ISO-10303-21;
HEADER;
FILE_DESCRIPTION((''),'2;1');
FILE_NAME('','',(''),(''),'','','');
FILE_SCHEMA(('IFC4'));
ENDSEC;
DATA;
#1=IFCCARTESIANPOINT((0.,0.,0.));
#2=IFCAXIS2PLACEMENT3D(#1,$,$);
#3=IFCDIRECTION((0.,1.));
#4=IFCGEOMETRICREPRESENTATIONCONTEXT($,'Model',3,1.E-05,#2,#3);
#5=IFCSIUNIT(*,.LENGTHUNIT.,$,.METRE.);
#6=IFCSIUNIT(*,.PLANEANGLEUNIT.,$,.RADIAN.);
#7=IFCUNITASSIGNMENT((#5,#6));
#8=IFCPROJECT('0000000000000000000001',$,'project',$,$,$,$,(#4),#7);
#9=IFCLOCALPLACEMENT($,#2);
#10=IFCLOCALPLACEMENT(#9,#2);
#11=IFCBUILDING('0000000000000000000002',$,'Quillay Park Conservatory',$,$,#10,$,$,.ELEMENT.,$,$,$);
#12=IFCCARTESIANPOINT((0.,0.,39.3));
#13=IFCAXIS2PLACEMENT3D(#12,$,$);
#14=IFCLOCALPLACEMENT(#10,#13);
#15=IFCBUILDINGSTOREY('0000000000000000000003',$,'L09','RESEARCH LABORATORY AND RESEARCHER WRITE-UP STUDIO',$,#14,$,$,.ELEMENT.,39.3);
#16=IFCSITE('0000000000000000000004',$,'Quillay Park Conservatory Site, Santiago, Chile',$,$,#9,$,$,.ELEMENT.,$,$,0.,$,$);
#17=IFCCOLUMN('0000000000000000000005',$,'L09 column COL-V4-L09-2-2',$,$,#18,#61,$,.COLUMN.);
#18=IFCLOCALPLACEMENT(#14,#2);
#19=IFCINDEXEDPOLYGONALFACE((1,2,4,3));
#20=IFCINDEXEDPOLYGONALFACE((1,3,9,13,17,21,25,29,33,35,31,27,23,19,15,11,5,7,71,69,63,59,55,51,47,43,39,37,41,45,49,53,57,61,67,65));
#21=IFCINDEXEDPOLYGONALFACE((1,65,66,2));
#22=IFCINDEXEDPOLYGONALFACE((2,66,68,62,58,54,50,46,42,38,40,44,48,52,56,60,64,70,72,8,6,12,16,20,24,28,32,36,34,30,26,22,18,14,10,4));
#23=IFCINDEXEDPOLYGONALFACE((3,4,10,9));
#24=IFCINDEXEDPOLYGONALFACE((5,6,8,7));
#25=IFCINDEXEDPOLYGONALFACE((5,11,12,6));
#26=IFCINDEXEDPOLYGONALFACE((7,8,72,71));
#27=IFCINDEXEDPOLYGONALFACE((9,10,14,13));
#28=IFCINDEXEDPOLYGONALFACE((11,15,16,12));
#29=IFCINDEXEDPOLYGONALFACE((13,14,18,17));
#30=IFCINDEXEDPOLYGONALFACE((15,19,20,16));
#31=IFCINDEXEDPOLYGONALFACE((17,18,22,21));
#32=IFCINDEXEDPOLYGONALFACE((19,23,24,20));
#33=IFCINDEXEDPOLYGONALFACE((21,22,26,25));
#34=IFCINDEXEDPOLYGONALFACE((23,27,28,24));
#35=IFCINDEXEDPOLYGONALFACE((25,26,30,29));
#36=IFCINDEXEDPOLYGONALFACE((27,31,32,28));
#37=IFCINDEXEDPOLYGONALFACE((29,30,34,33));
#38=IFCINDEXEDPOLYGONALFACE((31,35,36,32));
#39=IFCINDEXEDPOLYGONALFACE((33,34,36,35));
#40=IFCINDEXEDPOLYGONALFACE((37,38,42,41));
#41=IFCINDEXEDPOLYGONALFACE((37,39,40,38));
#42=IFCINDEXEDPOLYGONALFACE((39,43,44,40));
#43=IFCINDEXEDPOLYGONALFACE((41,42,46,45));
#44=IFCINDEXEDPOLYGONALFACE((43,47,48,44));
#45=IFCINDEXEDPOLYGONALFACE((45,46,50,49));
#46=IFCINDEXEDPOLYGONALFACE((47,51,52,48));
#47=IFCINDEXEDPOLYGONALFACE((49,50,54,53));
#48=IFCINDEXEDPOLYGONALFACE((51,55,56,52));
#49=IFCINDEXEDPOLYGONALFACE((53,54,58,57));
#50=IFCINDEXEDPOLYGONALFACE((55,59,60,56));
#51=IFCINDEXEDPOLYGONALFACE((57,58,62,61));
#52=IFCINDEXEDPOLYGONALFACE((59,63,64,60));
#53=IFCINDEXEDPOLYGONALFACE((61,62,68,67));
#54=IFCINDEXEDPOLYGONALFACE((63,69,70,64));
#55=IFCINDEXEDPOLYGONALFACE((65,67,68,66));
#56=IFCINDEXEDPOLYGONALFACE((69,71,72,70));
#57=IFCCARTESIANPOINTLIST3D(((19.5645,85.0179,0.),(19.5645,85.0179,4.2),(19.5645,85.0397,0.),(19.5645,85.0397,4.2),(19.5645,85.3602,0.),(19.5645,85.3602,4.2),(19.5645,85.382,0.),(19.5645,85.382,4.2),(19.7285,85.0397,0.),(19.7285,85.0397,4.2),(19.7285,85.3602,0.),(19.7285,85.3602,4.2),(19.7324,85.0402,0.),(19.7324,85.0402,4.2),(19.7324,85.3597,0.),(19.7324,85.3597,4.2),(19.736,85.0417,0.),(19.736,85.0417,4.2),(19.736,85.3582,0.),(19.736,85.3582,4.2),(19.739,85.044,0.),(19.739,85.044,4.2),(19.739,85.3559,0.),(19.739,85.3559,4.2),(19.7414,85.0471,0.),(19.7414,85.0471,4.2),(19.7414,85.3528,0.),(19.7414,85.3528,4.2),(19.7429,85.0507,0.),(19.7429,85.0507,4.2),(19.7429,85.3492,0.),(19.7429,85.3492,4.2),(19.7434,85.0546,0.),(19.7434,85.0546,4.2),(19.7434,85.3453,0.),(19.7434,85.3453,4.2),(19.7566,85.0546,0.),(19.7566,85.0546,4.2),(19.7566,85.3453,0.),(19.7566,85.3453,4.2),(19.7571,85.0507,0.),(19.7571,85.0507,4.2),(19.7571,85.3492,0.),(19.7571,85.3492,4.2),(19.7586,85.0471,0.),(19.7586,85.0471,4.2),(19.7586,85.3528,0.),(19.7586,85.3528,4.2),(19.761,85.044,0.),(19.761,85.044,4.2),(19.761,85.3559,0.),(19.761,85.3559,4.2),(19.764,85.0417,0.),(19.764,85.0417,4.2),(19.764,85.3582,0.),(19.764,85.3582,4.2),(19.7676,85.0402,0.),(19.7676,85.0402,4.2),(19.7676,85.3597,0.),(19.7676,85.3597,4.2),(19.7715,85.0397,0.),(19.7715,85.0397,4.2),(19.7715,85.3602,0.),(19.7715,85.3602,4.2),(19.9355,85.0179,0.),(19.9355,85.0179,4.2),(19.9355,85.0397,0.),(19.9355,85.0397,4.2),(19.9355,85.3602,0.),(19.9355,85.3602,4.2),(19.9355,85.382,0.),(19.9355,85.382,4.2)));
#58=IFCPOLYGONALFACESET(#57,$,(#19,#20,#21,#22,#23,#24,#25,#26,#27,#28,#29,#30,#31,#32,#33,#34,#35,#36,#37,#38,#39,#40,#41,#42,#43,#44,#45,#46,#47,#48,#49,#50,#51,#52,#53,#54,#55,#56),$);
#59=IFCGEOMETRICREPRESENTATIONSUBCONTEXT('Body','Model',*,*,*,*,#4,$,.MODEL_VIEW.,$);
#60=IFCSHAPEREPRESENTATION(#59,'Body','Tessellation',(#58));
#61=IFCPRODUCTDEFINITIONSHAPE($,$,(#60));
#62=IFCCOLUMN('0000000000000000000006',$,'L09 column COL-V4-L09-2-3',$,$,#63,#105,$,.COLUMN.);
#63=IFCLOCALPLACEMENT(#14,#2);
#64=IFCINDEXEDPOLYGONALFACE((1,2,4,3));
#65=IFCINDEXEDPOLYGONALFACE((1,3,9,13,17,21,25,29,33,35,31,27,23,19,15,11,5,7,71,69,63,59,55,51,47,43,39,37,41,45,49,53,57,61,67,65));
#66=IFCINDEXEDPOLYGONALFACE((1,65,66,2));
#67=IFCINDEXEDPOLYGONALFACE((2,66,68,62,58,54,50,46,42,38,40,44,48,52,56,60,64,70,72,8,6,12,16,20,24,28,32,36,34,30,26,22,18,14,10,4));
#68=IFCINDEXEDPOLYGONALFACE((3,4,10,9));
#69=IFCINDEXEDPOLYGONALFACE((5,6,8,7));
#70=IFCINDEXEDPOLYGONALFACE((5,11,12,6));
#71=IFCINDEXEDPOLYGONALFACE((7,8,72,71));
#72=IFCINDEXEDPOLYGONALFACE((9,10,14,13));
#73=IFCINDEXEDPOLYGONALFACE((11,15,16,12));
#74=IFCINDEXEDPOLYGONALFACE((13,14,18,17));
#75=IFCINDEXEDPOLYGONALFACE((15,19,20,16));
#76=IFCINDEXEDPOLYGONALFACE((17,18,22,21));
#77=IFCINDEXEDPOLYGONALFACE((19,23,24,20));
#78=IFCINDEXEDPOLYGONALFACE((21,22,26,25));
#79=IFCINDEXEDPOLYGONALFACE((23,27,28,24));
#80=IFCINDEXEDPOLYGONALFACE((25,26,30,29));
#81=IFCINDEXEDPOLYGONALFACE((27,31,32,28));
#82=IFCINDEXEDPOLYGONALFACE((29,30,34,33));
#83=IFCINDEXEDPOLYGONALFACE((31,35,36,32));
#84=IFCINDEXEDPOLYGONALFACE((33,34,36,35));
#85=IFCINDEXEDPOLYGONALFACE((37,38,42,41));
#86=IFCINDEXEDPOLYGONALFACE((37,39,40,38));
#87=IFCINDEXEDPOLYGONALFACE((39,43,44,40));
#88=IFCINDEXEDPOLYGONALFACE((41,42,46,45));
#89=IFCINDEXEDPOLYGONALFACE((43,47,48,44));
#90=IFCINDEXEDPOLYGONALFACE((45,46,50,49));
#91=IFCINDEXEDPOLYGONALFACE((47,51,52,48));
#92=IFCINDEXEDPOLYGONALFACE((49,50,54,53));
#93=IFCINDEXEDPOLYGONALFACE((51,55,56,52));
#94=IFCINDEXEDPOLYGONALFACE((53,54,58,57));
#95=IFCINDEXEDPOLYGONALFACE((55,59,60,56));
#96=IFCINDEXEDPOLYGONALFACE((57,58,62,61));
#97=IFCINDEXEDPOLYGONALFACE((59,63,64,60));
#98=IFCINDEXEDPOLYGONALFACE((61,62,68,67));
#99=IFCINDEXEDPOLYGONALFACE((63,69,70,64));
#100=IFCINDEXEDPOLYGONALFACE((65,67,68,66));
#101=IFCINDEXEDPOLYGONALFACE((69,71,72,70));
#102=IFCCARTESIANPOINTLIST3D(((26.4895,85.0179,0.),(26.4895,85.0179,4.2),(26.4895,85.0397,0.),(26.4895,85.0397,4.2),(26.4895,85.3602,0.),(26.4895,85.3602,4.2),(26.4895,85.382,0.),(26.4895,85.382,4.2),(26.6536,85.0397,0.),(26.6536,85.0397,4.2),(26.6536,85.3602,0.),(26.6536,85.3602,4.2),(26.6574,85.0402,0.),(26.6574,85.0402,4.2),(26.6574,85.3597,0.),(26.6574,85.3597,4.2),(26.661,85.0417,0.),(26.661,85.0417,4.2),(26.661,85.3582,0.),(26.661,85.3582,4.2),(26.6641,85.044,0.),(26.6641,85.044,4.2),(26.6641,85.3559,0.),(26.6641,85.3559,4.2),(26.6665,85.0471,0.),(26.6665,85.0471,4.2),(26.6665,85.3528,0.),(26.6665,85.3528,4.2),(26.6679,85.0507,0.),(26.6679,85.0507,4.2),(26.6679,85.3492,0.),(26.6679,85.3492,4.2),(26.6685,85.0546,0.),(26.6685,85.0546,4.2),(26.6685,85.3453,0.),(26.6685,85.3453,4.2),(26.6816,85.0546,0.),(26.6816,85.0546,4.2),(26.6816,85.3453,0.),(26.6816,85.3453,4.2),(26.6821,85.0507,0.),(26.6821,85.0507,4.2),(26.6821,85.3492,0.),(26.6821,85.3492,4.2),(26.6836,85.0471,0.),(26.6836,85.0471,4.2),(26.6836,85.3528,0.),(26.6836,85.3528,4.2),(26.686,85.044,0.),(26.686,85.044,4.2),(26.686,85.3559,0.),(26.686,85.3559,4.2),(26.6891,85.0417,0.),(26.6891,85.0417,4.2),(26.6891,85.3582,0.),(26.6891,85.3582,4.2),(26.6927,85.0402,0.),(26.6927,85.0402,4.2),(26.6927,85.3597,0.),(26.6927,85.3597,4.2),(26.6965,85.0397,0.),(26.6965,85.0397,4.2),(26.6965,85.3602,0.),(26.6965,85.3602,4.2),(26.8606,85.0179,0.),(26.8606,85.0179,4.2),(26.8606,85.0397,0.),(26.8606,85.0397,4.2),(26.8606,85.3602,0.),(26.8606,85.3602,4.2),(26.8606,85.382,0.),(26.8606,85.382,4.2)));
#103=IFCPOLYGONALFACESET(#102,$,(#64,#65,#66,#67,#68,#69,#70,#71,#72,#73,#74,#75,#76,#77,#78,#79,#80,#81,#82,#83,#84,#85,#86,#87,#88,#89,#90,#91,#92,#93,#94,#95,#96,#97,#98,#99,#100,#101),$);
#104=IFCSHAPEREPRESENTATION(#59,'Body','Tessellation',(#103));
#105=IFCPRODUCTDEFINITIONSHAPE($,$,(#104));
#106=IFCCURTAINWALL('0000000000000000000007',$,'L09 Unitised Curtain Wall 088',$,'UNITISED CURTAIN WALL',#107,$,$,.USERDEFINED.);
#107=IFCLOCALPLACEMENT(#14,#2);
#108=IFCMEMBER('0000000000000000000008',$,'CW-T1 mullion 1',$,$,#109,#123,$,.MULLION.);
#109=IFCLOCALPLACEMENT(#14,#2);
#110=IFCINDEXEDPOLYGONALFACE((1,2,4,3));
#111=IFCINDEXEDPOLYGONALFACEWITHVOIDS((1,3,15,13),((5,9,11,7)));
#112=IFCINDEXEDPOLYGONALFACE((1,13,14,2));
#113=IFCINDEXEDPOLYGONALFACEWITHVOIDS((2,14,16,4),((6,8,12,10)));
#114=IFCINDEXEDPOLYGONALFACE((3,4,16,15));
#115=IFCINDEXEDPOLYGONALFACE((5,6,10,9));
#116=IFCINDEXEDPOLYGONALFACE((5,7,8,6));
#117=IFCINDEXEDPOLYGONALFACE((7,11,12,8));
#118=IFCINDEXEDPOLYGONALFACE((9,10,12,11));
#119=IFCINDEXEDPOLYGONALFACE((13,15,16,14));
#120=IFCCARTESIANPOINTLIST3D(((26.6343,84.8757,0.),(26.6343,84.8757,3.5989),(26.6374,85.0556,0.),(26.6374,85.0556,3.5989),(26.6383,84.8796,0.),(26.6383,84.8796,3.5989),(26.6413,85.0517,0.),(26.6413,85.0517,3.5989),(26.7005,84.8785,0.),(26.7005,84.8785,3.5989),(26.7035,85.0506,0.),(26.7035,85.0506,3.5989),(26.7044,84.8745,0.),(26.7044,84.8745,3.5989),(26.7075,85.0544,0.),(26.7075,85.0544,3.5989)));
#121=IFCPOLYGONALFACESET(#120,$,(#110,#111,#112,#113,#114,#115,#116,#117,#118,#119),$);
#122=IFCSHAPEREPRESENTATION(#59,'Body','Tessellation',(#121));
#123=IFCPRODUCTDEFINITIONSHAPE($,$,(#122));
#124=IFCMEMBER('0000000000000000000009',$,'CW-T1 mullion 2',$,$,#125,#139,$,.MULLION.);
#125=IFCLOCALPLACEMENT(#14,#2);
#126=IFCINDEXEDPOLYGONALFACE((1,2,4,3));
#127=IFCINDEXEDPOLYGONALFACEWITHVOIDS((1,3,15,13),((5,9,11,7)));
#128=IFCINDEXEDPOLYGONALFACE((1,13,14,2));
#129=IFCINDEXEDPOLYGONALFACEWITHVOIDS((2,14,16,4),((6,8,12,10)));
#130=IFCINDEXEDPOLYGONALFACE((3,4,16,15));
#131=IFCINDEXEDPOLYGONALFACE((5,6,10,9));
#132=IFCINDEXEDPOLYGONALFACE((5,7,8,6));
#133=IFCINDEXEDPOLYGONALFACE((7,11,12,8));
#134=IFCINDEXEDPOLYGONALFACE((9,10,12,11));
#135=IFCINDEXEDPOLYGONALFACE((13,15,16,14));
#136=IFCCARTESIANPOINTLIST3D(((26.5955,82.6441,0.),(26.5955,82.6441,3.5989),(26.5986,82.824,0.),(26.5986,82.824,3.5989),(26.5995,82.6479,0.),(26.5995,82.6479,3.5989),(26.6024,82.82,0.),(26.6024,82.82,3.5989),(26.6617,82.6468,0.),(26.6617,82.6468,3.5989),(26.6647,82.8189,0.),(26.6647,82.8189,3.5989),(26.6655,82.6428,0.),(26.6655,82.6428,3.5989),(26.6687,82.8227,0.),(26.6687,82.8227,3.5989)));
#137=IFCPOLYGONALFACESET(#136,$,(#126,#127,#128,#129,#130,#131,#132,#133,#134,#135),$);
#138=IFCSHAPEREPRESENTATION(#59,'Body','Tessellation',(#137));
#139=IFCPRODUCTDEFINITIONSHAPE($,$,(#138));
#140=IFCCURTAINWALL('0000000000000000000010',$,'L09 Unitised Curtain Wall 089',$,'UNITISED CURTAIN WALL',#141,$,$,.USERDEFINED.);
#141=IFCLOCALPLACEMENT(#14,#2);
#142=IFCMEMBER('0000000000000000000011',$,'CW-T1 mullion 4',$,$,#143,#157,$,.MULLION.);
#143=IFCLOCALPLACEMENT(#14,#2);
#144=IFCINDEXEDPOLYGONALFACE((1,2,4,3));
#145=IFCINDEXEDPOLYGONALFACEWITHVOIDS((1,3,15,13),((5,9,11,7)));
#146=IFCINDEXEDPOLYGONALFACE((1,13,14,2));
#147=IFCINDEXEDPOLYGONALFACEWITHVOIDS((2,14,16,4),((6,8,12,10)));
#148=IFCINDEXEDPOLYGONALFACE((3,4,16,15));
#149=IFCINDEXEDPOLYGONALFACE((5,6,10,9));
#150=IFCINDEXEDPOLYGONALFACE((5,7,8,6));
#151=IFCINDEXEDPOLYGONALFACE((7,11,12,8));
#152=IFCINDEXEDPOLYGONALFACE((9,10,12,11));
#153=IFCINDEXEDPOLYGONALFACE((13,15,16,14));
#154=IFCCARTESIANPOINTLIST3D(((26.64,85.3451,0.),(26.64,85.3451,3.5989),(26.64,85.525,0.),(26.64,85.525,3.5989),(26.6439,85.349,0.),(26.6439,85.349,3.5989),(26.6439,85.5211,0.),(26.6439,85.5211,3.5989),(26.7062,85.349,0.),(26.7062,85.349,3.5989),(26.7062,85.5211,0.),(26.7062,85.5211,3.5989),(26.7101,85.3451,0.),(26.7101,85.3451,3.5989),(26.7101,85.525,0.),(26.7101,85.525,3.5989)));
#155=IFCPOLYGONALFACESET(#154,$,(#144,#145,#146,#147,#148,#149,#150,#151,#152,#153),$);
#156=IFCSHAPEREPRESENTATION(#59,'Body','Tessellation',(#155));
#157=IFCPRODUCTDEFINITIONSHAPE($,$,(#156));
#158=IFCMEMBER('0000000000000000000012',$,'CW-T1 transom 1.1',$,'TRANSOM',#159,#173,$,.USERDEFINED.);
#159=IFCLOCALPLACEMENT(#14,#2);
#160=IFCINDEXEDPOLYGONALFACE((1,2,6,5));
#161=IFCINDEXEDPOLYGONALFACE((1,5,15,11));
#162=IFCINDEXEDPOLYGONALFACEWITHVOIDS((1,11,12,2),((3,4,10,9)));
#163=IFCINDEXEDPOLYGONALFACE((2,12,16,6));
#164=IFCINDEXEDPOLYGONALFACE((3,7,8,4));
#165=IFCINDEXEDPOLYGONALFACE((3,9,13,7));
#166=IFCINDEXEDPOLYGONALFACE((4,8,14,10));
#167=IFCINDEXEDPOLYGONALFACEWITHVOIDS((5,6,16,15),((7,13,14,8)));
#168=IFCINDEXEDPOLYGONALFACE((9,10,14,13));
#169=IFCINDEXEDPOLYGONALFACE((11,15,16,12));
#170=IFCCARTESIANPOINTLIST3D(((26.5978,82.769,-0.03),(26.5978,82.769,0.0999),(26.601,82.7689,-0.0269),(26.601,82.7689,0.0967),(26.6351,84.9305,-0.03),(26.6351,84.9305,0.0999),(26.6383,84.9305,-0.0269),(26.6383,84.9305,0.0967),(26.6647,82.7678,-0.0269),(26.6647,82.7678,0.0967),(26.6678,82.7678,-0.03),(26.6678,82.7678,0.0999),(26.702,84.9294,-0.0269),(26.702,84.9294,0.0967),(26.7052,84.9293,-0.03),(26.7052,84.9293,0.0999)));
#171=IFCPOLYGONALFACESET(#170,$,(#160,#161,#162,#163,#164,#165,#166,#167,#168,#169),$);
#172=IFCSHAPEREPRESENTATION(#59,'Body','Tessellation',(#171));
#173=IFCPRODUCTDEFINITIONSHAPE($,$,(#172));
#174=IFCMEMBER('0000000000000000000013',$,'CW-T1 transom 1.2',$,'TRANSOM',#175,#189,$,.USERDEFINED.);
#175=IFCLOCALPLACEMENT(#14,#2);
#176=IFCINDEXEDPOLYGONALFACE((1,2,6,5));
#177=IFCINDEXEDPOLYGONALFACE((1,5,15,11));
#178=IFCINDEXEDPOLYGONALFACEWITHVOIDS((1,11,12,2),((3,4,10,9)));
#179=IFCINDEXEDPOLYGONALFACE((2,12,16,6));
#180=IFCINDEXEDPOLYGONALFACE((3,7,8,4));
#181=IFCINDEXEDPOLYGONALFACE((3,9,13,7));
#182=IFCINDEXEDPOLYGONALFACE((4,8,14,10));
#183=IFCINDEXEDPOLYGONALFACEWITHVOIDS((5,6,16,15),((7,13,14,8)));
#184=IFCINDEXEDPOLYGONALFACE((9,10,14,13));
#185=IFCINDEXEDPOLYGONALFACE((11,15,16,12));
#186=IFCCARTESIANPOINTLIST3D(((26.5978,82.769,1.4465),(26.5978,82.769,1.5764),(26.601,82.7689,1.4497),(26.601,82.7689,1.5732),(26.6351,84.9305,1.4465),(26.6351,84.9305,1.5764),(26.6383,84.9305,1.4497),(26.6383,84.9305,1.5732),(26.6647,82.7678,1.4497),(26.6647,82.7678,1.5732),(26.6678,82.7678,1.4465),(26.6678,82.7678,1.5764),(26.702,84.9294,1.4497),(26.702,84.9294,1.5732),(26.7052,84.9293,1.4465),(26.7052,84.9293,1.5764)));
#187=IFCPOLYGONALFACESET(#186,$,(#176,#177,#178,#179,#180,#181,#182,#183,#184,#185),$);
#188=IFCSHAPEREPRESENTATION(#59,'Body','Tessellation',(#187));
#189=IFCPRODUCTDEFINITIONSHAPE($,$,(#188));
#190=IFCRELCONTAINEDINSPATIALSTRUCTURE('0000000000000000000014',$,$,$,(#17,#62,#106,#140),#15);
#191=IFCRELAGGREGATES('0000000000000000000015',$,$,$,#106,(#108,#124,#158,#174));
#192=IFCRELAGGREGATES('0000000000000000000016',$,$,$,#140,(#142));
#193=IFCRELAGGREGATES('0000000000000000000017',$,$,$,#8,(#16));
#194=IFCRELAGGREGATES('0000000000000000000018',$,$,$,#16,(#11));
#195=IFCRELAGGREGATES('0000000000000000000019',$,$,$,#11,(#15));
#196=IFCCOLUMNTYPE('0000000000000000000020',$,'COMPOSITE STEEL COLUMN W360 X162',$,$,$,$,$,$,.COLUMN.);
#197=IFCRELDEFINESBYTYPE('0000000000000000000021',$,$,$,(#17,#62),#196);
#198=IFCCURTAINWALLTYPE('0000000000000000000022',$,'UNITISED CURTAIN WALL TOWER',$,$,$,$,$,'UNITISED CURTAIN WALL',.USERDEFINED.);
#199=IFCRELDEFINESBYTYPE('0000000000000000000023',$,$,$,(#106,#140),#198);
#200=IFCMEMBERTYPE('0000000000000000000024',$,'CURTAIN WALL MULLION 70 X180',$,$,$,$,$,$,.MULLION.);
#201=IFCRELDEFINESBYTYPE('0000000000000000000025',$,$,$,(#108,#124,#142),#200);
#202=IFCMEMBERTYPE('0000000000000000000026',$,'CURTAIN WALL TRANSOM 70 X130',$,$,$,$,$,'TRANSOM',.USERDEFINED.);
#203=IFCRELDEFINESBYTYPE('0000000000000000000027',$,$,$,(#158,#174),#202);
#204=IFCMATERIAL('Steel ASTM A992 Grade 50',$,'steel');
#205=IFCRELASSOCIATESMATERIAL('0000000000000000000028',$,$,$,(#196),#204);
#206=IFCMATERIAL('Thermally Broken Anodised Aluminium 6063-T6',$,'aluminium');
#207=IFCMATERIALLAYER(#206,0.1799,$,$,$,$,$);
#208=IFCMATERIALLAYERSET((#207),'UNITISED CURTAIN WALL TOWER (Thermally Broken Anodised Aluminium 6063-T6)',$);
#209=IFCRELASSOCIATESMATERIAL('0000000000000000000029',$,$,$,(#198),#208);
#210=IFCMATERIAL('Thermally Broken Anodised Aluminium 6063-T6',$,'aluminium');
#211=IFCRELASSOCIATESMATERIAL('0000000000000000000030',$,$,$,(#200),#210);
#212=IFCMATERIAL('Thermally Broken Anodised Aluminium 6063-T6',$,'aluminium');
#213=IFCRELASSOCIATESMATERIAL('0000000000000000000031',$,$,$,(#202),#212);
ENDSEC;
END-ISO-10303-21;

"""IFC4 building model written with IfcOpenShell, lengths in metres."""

from ifc_helpers import new_model, si_unit, direction, frame, origin, origin_2d, place, context, subcontext, project, spatial, hollow_rectangle, i_section, extrude, material, layer, layer_set, material_profile, profile_set, type_object, element, aggregate, save


model = new_model("IFC4")

# Units and contexts
model_context = context("Model", 3, precision=1e-05, world=origin(), true_north=direction((0.0, 1.0)))
body_context = subcontext(model_context, "Body", "Model", "MODEL_VIEW")
ifc_project = project(units=[si_unit("LENGTHUNIT", "METRE"), si_unit("PLANEANGLEUNIT", "RADIAN")], contexts=[model_context])

# Site, building, storey
site_placement = place(None, origin())
site = spatial("IfcSite", under=ifc_project, at=site_placement, Name="Quillay Park Conservatory Site, Santiago, Chile", CompositionType="ELEMENT", RefElevation=0.0)
building_placement = place(site_placement, origin())
building = spatial("IfcBuilding", under=site, at=building_placement, Name="Quillay Park Conservatory", CompositionType="ELEMENT")
storey_placement = place(building_placement, frame((0.0, 0.0, 39.3)))
storey = spatial("IfcBuildingStorey", under=building, at=storey_placement, Name="L09", Description="RESEARCH LABORATORY AND RESEARCHER WRITE-UP STUDIO", CompositionType="ELEMENT", Elevation=39.3)

# Columns
ifc_material_1 = material(Name="Steel ASTM A992 Grade 50", Category="steel")
ifc_material_profile_1 = material_profile(ifc_material_1, i_section(OverallWidth=0.3711, OverallDepth=0.364, WebThickness=0.0132, FlangeThickness=0.0217, FilletRadius=0.0149, at=origin_2d()), Name="W360x162")
ifc_profile_set_1 = profile_set([ifc_material_profile_1], Name="Steel ASTM A992 Grade 50")
column_type = type_object("IfcColumnType", Name="COMPOSITE STEEL COLUMN W360 X162", PredefinedType="COLUMN", material=ifc_profile_set_1)
for number, where, z_axis, x_axis, name in (
    (1, (19.75, 85.2, 0.0), (0.0, 0.0, 1.0), (1.0, 0.0, 0.0), "L09 column COL-V4-L09-2-2"),
    (2, (26.675, 85.2, 0.0), (0.0, 0.0, 1.0), (1.0, 0.0, 0.0), "L09 column COL-V4-L09-2-3"),
):
    element("IfcColumn", number, at=place(storey_placement, frame(where, z_axis=z_axis, x_axis=x_axis)), inside=storey, type_object=column_type, Name=name, PredefinedType="COLUMN", context=body_context, shape_type="SweptSolid", body=[
        extrude(i_section(OverallWidth=0.3711, OverallDepth=0.364, WebThickness=0.0132, FlangeThickness=0.0217, FilletRadius=0.0149, at=origin_2d()), origin(), (0.0, 0.0, 1.0), 4.2),
    ])

# Curtain wall, members
ifc_material_2 = material(Name="Thermally Broken Anodised Aluminium 6063-T6", Category="aluminium")
ifc_layer_1 = layer(ifc_material_2, 0.1799)
ifc_layer_set_1 = layer_set([ifc_layer_1], Name="UNITISED CURTAIN WALL TOWER (Thermally Broken Anodised Aluminium 6063-T6)")
curtain_wall_type = type_object("IfcCurtainWallType", Name="UNITISED CURTAIN WALL TOWER", ElementType="UNITISED CURTAIN WALL", PredefinedType="USERDEFINED", material=ifc_layer_set_1)
curtain_wall_1_placement = place(storey_placement, origin())
curtain_wall_1 = element("IfcCurtainWall", 3, at=curtain_wall_1_placement, inside=storey, type_object=curtain_wall_type, Name="L09 Unitised Curtain Wall 088", ObjectType="UNITISED CURTAIN WALL", PredefinedType="USERDEFINED")
ifc_material_3 = material(Name="Thermally Broken Anodised Aluminium 6063-T6", Category="aluminium")
ifc_material_profile_2 = material_profile(ifc_material_3, hollow_rectangle(XDim=0.0701, YDim=0.1799, WallThickness=0.0039, at=origin_2d()), Name="AL70x180x4")
ifc_profile_set_2 = profile_set([ifc_material_profile_2], Name="Thermally Broken Anodised Aluminium 6063-T6")
member_type_1 = type_object("IfcMemberType", Name="CURTAIN WALL MULLION 70 X180", PredefinedType="MULLION", material=ifc_profile_set_2)
member_1_placement = place(storey_placement, frame((26.6709, 84.9651, 0.0), z_axis=(0.0, 0.0, 1.0), x_axis=(0.999849, -0.01735, 0.0)))
member_1 = element("IfcMember", 4, at=member_1_placement, type_object=member_type_1, Name="CW-T1 mullion 1", PredefinedType="MULLION", context=body_context, shape_type="SweptSolid", body=[
    extrude(hollow_rectangle(XDim=0.0701, YDim=0.1799, WallThickness=0.0039, at=origin_2d()), origin(), (0.0, 0.0, 1.0), 3.5989),
])
member_2_placement = place(storey_placement, frame((26.6321, 82.7334, 0.0), z_axis=(0.0, 0.0, 1.0), x_axis=(0.999849, -0.01735, 0.0)))
member_2 = element("IfcMember", 5, at=member_2_placement, type_object=member_type_1, Name="CW-T1 mullion 2", PredefinedType="MULLION", context=body_context, shape_type="SweptSolid", body=[
    extrude(hollow_rectangle(XDim=0.0701, YDim=0.1799, WallThickness=0.0039, at=origin_2d()), origin(), (0.0, 0.0, 1.0), 3.5989),
])

# Curtain wall, member
curtain_wall_2_placement = place(storey_placement, origin())
curtain_wall_2 = element("IfcCurtainWall", 6, at=curtain_wall_2_placement, inside=storey, type_object=curtain_wall_type, Name="L09 Unitised Curtain Wall 089", ObjectType="UNITISED CURTAIN WALL", PredefinedType="USERDEFINED")
member_3_placement = place(storey_placement, frame((26.675, 85.4351, 0.0), z_axis=(0.0, 0.0, 1.0), x_axis=(1.0, 0.0, 0.0)))
member_3 = element("IfcMember", 7, at=member_3_placement, type_object=member_type_1, Name="CW-T1 mullion 4", PredefinedType="MULLION", context=body_context, shape_type="SweptSolid", body=[
    extrude(hollow_rectangle(XDim=0.0701, YDim=0.1799, WallThickness=0.0039, at=origin_2d()), origin(), (0.0, 0.0, 1.0), 3.5989),
])

# Members
ifc_material_4 = material(Name="Thermally Broken Anodised Aluminium 6063-T6", Category="aluminium")
ifc_material_profile_3 = material_profile(ifc_material_4, hollow_rectangle(XDim=0.0701, YDim=0.1299, WallThickness=0.0032, at=origin_2d()), Name="AL70x130x3.2")
ifc_profile_set_3 = profile_set([ifc_material_profile_3], Name="Thermally Broken Anodised Aluminium 6063-T6")
member_type_2 = type_object("IfcMemberType", Name="CURTAIN WALL TRANSOM 70 X130", ElementType="TRANSOM", PredefinedType="USERDEFINED", material=ifc_profile_set_3)
member_4_placement = place(storey_placement, frame((26.6702, 84.9299, 0.0349), z_axis=(-0.017278, -0.999851, 0.0), x_axis=(0.999851, -0.017278, 0.0)))
member_4 = element("IfcMember", 8, at=member_4_placement, type_object=member_type_2, Name="CW-T1 transom 1.1", ObjectType="TRANSOM", PredefinedType="USERDEFINED", context=body_context, shape_type="SweptSolid", body=[
    extrude(hollow_rectangle(XDim=0.0701, YDim=0.1299, WallThickness=0.0032, at=origin_2d()), origin(), (0.0, 0.0, 1.0), 2.1619),
])
member_5_placement = place(storey_placement, frame((26.6702, 84.9299, 1.5115), z_axis=(-0.017278, -0.999851, 0.0), x_axis=(0.999851, -0.017278, 0.0)))
member_5 = element("IfcMember", 9, at=member_5_placement, type_object=member_type_2, Name="CW-T1 transom 1.2", ObjectType="TRANSOM", PredefinedType="USERDEFINED", context=body_context, shape_type="SweptSolid", body=[
    extrude(hollow_rectangle(XDim=0.0701, YDim=0.1299, WallThickness=0.0032, at=origin_2d()), origin(), (0.0, 0.0, 1.0), 2.1619),
])

aggregate(curtain_wall_1, [member_1, member_2, member_4, member_5])
aggregate(curtain_wall_2, [member_3])

save(model, "model.ifc")
